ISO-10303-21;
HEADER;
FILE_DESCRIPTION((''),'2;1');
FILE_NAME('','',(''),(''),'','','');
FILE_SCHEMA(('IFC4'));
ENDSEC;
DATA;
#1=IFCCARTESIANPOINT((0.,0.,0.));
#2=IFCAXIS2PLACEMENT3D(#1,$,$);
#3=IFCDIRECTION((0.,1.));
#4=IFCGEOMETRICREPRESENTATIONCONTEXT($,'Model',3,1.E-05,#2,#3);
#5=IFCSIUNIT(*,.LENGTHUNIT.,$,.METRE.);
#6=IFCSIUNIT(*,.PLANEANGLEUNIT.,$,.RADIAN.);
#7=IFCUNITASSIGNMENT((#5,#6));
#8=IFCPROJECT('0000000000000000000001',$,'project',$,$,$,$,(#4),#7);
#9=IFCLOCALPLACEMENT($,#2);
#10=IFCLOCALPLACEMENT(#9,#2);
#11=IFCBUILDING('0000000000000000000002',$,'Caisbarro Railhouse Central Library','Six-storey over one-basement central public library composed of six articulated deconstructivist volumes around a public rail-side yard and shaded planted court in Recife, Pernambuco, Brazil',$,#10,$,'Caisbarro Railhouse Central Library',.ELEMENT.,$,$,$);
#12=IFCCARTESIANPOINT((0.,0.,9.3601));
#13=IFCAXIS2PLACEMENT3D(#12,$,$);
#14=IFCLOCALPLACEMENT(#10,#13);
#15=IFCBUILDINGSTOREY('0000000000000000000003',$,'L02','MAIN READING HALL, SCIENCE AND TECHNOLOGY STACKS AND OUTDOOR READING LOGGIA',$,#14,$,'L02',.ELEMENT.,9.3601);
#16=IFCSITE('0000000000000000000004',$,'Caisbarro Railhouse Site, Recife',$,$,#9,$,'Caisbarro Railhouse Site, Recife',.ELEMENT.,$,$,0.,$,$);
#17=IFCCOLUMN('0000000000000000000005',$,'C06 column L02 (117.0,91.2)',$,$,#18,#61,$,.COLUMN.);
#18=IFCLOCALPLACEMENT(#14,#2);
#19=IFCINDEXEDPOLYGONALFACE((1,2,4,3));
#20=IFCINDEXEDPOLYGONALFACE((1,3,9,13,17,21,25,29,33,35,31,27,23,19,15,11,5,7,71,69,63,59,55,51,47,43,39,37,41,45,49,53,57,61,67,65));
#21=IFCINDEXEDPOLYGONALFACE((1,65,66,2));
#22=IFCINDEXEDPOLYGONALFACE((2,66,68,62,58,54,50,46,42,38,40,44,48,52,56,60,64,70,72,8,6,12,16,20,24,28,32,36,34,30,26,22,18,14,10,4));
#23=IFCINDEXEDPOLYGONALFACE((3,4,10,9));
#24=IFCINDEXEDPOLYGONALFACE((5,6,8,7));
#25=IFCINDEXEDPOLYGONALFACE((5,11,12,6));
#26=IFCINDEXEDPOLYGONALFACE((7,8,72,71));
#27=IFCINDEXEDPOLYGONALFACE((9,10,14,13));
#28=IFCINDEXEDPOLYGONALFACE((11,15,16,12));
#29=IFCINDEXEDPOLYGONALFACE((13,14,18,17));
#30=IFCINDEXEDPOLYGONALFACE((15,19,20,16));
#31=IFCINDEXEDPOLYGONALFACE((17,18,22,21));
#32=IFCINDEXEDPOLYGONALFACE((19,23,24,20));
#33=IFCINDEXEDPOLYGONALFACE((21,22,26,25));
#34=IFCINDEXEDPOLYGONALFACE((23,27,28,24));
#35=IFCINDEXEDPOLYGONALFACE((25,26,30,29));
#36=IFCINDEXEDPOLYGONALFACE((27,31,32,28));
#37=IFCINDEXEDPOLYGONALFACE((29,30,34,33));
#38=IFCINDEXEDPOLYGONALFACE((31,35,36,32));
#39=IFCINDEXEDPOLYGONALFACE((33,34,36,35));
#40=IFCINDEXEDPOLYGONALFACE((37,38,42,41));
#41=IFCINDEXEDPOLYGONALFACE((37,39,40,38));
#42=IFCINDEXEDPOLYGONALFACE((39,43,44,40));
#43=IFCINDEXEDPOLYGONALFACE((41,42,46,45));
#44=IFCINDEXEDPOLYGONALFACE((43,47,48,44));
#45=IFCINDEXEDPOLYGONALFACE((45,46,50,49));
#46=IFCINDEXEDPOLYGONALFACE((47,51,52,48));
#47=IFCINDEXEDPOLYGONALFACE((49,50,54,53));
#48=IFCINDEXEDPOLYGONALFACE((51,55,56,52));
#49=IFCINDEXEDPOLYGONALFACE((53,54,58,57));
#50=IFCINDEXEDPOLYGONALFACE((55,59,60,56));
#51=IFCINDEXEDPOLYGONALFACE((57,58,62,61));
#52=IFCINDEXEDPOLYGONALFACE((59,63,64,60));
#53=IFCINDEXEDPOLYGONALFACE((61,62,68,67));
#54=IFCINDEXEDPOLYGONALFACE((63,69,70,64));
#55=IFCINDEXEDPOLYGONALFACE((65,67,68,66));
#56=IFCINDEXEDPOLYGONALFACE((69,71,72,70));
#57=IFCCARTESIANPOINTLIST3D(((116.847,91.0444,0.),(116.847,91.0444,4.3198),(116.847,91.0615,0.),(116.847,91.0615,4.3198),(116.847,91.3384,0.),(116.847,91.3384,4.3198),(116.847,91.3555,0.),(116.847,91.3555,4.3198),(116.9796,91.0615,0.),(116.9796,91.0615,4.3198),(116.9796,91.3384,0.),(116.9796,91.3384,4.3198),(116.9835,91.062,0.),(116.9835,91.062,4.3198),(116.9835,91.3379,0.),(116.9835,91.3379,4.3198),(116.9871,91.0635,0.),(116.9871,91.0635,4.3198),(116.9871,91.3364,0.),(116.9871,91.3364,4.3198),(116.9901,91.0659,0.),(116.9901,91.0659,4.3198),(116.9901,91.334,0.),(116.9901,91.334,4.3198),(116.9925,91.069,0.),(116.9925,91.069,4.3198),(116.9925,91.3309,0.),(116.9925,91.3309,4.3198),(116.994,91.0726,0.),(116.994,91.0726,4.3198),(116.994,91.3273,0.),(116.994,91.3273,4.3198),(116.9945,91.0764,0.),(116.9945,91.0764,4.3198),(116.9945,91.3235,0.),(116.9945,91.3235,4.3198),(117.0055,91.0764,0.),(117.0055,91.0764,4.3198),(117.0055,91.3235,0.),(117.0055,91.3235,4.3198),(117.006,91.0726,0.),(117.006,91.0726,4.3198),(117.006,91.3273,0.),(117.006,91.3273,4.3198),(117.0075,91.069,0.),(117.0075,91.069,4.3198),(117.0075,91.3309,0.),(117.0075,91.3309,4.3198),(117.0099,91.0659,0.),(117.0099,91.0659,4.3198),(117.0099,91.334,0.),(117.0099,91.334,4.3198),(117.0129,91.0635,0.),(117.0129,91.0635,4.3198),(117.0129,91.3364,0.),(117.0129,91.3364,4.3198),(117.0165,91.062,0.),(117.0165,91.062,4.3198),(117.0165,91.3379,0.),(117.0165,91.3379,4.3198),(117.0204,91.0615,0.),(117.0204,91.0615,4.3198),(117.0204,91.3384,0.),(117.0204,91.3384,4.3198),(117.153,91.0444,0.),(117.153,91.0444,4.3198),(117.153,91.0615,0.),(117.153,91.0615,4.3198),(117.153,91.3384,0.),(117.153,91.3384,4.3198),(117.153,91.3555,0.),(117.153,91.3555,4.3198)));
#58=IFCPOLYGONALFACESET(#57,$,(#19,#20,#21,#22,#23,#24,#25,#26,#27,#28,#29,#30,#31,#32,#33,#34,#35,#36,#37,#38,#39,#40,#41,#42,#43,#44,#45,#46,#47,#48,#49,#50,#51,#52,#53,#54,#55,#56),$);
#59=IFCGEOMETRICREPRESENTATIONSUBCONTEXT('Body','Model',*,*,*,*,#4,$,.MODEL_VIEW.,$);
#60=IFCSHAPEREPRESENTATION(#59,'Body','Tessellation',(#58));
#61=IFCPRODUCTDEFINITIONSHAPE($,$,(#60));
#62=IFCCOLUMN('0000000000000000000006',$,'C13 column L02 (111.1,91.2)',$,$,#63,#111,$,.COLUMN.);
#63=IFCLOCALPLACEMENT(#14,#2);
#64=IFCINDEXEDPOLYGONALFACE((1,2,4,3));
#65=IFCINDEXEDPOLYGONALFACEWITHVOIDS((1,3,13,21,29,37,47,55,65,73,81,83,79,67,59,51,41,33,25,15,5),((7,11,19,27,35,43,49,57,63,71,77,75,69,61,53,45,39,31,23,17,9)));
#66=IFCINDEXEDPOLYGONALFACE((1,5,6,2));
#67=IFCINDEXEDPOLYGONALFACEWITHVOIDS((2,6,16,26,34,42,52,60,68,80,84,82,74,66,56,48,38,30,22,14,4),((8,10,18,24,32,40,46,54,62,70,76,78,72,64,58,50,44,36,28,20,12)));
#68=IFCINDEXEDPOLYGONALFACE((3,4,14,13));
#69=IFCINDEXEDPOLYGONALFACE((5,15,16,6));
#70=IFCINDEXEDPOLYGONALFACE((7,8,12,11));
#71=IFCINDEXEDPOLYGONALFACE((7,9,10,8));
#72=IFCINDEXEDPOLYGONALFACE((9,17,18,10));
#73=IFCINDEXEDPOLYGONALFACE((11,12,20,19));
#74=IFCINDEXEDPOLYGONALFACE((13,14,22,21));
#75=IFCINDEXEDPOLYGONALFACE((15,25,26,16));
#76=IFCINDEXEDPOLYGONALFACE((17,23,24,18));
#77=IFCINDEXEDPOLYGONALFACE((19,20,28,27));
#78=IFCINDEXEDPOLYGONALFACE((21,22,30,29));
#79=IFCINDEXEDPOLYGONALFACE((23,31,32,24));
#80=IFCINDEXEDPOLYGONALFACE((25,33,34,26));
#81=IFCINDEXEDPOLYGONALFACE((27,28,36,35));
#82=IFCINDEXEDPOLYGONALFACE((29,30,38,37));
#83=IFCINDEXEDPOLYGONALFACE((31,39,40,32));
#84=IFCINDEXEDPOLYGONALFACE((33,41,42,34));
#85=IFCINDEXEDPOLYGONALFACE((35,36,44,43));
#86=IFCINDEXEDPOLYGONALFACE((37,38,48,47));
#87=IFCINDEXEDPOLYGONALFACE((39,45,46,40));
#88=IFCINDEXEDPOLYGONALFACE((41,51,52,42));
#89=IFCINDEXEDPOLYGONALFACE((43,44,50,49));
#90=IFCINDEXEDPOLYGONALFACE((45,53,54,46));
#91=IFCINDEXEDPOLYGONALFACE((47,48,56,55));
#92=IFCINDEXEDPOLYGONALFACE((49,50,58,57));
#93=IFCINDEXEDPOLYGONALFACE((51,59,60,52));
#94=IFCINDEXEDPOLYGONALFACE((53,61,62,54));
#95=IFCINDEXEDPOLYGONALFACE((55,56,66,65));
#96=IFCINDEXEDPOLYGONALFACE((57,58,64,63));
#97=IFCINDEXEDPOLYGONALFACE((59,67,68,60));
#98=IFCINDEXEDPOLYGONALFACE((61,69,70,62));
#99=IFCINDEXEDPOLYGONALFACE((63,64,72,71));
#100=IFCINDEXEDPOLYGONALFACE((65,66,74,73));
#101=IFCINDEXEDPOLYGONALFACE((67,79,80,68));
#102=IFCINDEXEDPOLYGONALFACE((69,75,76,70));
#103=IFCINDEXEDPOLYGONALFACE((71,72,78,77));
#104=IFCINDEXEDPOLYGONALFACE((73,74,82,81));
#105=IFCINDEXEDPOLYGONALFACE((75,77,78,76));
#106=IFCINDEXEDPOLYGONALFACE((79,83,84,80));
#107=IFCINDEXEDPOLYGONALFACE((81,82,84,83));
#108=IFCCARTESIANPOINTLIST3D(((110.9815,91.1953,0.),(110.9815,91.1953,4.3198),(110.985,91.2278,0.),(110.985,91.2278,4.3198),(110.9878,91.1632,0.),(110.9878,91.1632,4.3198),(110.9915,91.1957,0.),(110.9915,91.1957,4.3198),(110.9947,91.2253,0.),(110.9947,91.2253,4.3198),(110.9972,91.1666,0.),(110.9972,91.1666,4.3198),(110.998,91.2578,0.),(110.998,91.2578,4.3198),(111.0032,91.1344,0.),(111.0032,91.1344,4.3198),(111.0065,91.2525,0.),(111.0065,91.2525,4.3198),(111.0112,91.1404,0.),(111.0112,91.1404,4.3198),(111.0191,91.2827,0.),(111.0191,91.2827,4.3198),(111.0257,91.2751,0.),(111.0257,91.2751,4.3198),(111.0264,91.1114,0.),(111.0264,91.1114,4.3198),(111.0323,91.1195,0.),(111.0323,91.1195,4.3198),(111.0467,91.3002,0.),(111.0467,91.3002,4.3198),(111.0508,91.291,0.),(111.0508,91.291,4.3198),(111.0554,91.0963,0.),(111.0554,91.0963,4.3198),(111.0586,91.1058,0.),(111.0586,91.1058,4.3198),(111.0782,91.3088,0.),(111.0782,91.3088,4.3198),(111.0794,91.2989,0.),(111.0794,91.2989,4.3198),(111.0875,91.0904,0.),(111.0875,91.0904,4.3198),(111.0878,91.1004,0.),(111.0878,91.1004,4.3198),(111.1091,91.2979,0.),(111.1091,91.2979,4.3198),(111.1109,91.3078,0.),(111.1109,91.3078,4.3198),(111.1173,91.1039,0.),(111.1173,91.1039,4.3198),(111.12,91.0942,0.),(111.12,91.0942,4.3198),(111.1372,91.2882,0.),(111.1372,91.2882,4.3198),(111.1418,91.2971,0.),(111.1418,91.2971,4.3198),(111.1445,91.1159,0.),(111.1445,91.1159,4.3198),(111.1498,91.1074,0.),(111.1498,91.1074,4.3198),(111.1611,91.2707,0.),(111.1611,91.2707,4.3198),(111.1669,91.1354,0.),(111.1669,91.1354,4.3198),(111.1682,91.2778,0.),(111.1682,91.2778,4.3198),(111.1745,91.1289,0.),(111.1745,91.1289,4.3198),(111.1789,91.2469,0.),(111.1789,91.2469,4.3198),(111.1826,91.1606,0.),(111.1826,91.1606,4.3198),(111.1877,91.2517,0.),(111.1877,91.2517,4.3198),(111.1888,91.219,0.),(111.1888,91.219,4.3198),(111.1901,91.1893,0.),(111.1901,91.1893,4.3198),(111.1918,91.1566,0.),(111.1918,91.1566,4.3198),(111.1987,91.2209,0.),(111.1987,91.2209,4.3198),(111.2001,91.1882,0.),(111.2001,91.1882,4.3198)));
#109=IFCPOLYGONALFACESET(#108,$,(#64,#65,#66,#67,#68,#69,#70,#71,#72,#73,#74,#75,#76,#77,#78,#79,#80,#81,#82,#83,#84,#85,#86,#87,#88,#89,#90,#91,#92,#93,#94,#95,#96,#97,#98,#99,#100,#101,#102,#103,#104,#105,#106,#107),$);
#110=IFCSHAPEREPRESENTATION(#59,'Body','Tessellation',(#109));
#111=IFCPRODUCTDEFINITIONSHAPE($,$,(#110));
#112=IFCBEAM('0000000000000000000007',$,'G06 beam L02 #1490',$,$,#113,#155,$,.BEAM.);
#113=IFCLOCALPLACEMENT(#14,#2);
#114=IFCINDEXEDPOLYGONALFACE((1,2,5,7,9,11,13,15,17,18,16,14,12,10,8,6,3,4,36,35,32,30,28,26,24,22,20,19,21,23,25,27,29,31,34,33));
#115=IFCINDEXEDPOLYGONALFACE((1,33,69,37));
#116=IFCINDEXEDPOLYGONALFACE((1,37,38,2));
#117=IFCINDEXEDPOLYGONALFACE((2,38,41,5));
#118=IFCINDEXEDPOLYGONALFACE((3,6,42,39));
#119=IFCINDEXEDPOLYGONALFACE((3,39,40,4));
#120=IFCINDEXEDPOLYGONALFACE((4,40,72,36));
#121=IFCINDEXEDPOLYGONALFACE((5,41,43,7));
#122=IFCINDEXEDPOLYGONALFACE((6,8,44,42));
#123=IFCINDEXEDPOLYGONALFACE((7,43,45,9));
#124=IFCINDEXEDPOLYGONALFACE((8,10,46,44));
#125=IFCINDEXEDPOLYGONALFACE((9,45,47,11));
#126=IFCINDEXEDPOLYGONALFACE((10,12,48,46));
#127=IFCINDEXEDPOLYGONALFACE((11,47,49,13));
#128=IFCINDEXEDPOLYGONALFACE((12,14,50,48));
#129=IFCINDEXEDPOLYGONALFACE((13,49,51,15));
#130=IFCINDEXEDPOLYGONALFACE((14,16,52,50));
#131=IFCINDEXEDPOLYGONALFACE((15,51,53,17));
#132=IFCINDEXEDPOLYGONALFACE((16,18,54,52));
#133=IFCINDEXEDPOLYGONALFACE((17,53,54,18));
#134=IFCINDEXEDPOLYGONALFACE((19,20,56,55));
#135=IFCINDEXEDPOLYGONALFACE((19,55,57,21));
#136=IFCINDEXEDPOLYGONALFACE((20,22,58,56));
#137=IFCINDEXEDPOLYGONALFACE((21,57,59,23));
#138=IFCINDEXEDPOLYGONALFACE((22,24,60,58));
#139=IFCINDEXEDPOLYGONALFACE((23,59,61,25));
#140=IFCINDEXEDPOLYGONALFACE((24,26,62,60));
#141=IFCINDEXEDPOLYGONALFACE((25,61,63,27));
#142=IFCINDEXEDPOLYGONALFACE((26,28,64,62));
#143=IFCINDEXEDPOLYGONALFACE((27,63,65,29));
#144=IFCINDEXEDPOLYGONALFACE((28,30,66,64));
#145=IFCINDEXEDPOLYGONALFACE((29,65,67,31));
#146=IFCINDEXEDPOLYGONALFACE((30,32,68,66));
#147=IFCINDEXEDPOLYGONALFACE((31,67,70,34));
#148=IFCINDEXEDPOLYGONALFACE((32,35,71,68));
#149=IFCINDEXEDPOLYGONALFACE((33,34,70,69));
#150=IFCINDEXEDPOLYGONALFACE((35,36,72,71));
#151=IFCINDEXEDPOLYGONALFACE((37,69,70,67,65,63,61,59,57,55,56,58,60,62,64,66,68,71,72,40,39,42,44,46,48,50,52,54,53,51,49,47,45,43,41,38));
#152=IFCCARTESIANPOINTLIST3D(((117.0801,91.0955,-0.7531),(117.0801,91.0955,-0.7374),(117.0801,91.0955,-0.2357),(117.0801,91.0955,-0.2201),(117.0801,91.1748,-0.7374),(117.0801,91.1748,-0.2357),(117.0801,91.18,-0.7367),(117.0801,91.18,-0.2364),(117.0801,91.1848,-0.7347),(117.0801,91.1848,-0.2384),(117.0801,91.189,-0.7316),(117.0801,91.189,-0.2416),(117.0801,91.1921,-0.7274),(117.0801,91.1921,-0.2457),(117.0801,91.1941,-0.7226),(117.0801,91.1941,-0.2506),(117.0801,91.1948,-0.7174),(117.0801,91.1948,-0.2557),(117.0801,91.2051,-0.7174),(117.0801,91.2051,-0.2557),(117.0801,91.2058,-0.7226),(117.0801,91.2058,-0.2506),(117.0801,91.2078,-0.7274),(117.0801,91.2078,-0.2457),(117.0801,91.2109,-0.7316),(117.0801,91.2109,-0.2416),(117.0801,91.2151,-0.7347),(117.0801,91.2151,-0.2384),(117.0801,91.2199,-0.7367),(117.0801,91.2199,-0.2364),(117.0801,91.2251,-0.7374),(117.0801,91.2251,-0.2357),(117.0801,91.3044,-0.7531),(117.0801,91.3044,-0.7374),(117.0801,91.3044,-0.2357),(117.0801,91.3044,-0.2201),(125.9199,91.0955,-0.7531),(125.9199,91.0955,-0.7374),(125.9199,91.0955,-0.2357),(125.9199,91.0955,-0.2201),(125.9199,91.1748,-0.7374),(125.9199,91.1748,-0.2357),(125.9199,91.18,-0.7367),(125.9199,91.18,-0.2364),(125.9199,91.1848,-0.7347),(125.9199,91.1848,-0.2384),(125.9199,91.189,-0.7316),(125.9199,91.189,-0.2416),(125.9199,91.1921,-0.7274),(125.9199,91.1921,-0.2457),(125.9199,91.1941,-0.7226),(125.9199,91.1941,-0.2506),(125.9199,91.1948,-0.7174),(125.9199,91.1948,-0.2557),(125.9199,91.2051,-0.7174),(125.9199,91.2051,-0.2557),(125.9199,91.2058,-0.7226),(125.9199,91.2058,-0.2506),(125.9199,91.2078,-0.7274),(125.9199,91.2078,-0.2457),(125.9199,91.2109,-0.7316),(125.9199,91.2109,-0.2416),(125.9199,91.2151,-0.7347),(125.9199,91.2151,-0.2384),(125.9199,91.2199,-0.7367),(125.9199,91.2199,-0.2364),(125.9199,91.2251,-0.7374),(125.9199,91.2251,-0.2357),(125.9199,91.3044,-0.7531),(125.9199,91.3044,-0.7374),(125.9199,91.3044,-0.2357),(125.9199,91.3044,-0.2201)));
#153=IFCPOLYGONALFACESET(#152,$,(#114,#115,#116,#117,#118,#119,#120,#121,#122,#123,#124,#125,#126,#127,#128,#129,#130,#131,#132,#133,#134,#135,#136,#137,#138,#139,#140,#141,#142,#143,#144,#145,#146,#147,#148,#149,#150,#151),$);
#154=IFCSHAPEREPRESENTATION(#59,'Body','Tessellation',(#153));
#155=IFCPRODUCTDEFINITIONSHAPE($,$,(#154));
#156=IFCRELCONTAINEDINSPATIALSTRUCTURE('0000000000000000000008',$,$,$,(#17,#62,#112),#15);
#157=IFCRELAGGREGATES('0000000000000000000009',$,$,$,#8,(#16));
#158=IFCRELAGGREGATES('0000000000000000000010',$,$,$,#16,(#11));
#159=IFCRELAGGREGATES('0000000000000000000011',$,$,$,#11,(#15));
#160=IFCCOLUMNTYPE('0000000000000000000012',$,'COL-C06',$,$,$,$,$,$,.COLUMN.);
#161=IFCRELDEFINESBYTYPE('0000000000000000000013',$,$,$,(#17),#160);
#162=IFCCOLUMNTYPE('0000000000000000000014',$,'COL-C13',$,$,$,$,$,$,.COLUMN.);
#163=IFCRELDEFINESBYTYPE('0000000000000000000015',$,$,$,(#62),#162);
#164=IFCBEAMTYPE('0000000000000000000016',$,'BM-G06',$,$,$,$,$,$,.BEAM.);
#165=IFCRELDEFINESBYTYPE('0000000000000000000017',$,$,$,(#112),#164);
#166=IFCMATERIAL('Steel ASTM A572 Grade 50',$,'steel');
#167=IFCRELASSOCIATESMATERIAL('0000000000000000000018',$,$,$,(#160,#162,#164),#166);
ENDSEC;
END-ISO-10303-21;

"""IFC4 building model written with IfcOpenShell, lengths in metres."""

from ifc_helpers import new_model, si_unit, direction, frame, origin, origin_2d, place, context, subcontext, project, spatial, hollow_circle, i_section, extrude, material, material_profile, profile_set, type_object, element, save


model = new_model("IFC4")

# Units and contexts
model_context = context("Model", 3, precision=1e-05, world=origin(), true_north=direction((0.0, 1.0)))
body_context = subcontext(model_context, "Body", "Model", "MODEL_VIEW")
ifc_project = project(units=[si_unit("LENGTHUNIT", "METRE"), si_unit("PLANEANGLEUNIT", "RADIAN")], contexts=[model_context])

# Site, building, storey
site_placement = place(None, origin())
site = spatial("IfcSite", under=ifc_project, at=site_placement, Name="Caisbarro Railhouse Site, Recife", LongName="Caisbarro Railhouse Site, Recife", CompositionType="ELEMENT", RefElevation=0.0)
building_placement = place(site_placement, origin())
building = spatial("IfcBuilding", under=site, at=building_placement, Name="Caisbarro Railhouse Central Library", Description="Six-storey over one-basement central public library composed of six articulated deconstructivist volumes around a public rail-side yard and shaded planted court in Recife, Pernambuco, Brazil", LongName="Caisbarro Railhouse Central Library", CompositionType="ELEMENT")
storey_placement = place(building_placement, frame((0.0, 0.0, 9.3601)))
storey = spatial("IfcBuildingStorey", under=building, at=storey_placement, Name="L02", Description="MAIN READING HALL, SCIENCE AND TECHNOLOGY STACKS AND OUTDOOR READING LOGGIA", LongName="L02", CompositionType="ELEMENT", Elevation=9.3601)

# Columns
ifc_material_1 = material(Name="Steel ASTM A572 Grade 50", Category="steel")
ifc_material_profile_1 = material_profile(ifc_material_1, i_section(OverallWidth=0.3059, OverallDepth=0.311, WebThickness=0.011, FlangeThickness=0.0171, FilletRadius=0.0149, at=origin_2d()), Name="W310X107.0")
ifc_profile_set_1 = profile_set([ifc_material_profile_1], Name="Steel ASTM A572 Grade 50")
column_type_1 = type_object("IfcColumnType", Name="COL-C06", PredefinedType="COLUMN", material=ifc_profile_set_1)
column_1_placement = place(storey_placement, frame((117.0, 91.2, 0.0), z_axis=(0.0, 0.0, 1.0), x_axis=(1.0, 0.0, 0.0)))
element("IfcColumn", 1, at=column_1_placement, inside=storey, type_object=column_type_1, Name="C06 column L02 (117.0,91.2)", PredefinedType="COLUMN", context=body_context, shape_type="SweptSolid", body=[
    extrude(i_section(OverallWidth=0.3059, OverallDepth=0.311, WebThickness=0.011, FlangeThickness=0.0171, FilletRadius=0.0149, at=origin_2d()), origin(), (0.0, 0.0, 1.0), 4.3198),
])
ifc_material_profile_2 = material_profile(ifc_material_1, hollow_circle(Radius=0.1096, WallThickness=0.01, at=origin_2d()), Name="CHS219.1X10")
ifc_profile_set_2 = profile_set([ifc_material_profile_2], Name="Steel ASTM A572 Grade 50")
column_type_2 = type_object("IfcColumnType", Name="COL-C13", PredefinedType="COLUMN", material=ifc_profile_set_2)
column_2_placement = place(storey_placement, frame((111.0911, 91.2, 0.0), z_axis=(0.0, 0.0, 1.0), x_axis=(0.981627, 0.190809, 0.0)))
element("IfcColumn", 2, at=column_2_placement, inside=storey, type_object=column_type_2, Name="C13 column L02 (111.1,91.2)", PredefinedType="COLUMN", context=body_context, shape_type="SweptSolid", body=[
    extrude(hollow_circle(Radius=0.1096, WallThickness=0.01, at=origin_2d()), origin(), (0.0, 0.0, 1.0), 4.3198),
])

# Beam
ifc_material_profile_3 = material_profile(ifc_material_1, i_section(OverallWidth=0.209, OverallDepth=0.533, WebThickness=0.0103, FlangeThickness=0.0156, FilletRadius=0.02, at=origin_2d()), Name="W530X92.0")
ifc_profile_set_3 = profile_set([ifc_material_profile_3], Name="Steel ASTM A572 Grade 50")
beam_type_1 = type_object("IfcBeamType", Name="BM-G06", PredefinedType="BEAM", material=ifc_profile_set_3)
beam_1_placement = place(storey_placement, frame((117.0801, 91.2, -0.4866), z_axis=(1.0, 0.0, 0.0), x_axis=(0.0, 1.0, 0.0)))
element("IfcBeam", 3, at=beam_1_placement, inside=storey, type_object=beam_type_1, Name="G06 beam L02 #1490", PredefinedType="BEAM", context=body_context, shape_type="SweptSolid", body=[
    extrude(i_section(OverallWidth=0.209, OverallDepth=0.533, WebThickness=0.0103, FlangeThickness=0.0156, FilletRadius=0.02, at=origin_2d()), origin(), (0.0, 0.0, 1.0), 8.8398),
])

save(model, "model.ifc")
